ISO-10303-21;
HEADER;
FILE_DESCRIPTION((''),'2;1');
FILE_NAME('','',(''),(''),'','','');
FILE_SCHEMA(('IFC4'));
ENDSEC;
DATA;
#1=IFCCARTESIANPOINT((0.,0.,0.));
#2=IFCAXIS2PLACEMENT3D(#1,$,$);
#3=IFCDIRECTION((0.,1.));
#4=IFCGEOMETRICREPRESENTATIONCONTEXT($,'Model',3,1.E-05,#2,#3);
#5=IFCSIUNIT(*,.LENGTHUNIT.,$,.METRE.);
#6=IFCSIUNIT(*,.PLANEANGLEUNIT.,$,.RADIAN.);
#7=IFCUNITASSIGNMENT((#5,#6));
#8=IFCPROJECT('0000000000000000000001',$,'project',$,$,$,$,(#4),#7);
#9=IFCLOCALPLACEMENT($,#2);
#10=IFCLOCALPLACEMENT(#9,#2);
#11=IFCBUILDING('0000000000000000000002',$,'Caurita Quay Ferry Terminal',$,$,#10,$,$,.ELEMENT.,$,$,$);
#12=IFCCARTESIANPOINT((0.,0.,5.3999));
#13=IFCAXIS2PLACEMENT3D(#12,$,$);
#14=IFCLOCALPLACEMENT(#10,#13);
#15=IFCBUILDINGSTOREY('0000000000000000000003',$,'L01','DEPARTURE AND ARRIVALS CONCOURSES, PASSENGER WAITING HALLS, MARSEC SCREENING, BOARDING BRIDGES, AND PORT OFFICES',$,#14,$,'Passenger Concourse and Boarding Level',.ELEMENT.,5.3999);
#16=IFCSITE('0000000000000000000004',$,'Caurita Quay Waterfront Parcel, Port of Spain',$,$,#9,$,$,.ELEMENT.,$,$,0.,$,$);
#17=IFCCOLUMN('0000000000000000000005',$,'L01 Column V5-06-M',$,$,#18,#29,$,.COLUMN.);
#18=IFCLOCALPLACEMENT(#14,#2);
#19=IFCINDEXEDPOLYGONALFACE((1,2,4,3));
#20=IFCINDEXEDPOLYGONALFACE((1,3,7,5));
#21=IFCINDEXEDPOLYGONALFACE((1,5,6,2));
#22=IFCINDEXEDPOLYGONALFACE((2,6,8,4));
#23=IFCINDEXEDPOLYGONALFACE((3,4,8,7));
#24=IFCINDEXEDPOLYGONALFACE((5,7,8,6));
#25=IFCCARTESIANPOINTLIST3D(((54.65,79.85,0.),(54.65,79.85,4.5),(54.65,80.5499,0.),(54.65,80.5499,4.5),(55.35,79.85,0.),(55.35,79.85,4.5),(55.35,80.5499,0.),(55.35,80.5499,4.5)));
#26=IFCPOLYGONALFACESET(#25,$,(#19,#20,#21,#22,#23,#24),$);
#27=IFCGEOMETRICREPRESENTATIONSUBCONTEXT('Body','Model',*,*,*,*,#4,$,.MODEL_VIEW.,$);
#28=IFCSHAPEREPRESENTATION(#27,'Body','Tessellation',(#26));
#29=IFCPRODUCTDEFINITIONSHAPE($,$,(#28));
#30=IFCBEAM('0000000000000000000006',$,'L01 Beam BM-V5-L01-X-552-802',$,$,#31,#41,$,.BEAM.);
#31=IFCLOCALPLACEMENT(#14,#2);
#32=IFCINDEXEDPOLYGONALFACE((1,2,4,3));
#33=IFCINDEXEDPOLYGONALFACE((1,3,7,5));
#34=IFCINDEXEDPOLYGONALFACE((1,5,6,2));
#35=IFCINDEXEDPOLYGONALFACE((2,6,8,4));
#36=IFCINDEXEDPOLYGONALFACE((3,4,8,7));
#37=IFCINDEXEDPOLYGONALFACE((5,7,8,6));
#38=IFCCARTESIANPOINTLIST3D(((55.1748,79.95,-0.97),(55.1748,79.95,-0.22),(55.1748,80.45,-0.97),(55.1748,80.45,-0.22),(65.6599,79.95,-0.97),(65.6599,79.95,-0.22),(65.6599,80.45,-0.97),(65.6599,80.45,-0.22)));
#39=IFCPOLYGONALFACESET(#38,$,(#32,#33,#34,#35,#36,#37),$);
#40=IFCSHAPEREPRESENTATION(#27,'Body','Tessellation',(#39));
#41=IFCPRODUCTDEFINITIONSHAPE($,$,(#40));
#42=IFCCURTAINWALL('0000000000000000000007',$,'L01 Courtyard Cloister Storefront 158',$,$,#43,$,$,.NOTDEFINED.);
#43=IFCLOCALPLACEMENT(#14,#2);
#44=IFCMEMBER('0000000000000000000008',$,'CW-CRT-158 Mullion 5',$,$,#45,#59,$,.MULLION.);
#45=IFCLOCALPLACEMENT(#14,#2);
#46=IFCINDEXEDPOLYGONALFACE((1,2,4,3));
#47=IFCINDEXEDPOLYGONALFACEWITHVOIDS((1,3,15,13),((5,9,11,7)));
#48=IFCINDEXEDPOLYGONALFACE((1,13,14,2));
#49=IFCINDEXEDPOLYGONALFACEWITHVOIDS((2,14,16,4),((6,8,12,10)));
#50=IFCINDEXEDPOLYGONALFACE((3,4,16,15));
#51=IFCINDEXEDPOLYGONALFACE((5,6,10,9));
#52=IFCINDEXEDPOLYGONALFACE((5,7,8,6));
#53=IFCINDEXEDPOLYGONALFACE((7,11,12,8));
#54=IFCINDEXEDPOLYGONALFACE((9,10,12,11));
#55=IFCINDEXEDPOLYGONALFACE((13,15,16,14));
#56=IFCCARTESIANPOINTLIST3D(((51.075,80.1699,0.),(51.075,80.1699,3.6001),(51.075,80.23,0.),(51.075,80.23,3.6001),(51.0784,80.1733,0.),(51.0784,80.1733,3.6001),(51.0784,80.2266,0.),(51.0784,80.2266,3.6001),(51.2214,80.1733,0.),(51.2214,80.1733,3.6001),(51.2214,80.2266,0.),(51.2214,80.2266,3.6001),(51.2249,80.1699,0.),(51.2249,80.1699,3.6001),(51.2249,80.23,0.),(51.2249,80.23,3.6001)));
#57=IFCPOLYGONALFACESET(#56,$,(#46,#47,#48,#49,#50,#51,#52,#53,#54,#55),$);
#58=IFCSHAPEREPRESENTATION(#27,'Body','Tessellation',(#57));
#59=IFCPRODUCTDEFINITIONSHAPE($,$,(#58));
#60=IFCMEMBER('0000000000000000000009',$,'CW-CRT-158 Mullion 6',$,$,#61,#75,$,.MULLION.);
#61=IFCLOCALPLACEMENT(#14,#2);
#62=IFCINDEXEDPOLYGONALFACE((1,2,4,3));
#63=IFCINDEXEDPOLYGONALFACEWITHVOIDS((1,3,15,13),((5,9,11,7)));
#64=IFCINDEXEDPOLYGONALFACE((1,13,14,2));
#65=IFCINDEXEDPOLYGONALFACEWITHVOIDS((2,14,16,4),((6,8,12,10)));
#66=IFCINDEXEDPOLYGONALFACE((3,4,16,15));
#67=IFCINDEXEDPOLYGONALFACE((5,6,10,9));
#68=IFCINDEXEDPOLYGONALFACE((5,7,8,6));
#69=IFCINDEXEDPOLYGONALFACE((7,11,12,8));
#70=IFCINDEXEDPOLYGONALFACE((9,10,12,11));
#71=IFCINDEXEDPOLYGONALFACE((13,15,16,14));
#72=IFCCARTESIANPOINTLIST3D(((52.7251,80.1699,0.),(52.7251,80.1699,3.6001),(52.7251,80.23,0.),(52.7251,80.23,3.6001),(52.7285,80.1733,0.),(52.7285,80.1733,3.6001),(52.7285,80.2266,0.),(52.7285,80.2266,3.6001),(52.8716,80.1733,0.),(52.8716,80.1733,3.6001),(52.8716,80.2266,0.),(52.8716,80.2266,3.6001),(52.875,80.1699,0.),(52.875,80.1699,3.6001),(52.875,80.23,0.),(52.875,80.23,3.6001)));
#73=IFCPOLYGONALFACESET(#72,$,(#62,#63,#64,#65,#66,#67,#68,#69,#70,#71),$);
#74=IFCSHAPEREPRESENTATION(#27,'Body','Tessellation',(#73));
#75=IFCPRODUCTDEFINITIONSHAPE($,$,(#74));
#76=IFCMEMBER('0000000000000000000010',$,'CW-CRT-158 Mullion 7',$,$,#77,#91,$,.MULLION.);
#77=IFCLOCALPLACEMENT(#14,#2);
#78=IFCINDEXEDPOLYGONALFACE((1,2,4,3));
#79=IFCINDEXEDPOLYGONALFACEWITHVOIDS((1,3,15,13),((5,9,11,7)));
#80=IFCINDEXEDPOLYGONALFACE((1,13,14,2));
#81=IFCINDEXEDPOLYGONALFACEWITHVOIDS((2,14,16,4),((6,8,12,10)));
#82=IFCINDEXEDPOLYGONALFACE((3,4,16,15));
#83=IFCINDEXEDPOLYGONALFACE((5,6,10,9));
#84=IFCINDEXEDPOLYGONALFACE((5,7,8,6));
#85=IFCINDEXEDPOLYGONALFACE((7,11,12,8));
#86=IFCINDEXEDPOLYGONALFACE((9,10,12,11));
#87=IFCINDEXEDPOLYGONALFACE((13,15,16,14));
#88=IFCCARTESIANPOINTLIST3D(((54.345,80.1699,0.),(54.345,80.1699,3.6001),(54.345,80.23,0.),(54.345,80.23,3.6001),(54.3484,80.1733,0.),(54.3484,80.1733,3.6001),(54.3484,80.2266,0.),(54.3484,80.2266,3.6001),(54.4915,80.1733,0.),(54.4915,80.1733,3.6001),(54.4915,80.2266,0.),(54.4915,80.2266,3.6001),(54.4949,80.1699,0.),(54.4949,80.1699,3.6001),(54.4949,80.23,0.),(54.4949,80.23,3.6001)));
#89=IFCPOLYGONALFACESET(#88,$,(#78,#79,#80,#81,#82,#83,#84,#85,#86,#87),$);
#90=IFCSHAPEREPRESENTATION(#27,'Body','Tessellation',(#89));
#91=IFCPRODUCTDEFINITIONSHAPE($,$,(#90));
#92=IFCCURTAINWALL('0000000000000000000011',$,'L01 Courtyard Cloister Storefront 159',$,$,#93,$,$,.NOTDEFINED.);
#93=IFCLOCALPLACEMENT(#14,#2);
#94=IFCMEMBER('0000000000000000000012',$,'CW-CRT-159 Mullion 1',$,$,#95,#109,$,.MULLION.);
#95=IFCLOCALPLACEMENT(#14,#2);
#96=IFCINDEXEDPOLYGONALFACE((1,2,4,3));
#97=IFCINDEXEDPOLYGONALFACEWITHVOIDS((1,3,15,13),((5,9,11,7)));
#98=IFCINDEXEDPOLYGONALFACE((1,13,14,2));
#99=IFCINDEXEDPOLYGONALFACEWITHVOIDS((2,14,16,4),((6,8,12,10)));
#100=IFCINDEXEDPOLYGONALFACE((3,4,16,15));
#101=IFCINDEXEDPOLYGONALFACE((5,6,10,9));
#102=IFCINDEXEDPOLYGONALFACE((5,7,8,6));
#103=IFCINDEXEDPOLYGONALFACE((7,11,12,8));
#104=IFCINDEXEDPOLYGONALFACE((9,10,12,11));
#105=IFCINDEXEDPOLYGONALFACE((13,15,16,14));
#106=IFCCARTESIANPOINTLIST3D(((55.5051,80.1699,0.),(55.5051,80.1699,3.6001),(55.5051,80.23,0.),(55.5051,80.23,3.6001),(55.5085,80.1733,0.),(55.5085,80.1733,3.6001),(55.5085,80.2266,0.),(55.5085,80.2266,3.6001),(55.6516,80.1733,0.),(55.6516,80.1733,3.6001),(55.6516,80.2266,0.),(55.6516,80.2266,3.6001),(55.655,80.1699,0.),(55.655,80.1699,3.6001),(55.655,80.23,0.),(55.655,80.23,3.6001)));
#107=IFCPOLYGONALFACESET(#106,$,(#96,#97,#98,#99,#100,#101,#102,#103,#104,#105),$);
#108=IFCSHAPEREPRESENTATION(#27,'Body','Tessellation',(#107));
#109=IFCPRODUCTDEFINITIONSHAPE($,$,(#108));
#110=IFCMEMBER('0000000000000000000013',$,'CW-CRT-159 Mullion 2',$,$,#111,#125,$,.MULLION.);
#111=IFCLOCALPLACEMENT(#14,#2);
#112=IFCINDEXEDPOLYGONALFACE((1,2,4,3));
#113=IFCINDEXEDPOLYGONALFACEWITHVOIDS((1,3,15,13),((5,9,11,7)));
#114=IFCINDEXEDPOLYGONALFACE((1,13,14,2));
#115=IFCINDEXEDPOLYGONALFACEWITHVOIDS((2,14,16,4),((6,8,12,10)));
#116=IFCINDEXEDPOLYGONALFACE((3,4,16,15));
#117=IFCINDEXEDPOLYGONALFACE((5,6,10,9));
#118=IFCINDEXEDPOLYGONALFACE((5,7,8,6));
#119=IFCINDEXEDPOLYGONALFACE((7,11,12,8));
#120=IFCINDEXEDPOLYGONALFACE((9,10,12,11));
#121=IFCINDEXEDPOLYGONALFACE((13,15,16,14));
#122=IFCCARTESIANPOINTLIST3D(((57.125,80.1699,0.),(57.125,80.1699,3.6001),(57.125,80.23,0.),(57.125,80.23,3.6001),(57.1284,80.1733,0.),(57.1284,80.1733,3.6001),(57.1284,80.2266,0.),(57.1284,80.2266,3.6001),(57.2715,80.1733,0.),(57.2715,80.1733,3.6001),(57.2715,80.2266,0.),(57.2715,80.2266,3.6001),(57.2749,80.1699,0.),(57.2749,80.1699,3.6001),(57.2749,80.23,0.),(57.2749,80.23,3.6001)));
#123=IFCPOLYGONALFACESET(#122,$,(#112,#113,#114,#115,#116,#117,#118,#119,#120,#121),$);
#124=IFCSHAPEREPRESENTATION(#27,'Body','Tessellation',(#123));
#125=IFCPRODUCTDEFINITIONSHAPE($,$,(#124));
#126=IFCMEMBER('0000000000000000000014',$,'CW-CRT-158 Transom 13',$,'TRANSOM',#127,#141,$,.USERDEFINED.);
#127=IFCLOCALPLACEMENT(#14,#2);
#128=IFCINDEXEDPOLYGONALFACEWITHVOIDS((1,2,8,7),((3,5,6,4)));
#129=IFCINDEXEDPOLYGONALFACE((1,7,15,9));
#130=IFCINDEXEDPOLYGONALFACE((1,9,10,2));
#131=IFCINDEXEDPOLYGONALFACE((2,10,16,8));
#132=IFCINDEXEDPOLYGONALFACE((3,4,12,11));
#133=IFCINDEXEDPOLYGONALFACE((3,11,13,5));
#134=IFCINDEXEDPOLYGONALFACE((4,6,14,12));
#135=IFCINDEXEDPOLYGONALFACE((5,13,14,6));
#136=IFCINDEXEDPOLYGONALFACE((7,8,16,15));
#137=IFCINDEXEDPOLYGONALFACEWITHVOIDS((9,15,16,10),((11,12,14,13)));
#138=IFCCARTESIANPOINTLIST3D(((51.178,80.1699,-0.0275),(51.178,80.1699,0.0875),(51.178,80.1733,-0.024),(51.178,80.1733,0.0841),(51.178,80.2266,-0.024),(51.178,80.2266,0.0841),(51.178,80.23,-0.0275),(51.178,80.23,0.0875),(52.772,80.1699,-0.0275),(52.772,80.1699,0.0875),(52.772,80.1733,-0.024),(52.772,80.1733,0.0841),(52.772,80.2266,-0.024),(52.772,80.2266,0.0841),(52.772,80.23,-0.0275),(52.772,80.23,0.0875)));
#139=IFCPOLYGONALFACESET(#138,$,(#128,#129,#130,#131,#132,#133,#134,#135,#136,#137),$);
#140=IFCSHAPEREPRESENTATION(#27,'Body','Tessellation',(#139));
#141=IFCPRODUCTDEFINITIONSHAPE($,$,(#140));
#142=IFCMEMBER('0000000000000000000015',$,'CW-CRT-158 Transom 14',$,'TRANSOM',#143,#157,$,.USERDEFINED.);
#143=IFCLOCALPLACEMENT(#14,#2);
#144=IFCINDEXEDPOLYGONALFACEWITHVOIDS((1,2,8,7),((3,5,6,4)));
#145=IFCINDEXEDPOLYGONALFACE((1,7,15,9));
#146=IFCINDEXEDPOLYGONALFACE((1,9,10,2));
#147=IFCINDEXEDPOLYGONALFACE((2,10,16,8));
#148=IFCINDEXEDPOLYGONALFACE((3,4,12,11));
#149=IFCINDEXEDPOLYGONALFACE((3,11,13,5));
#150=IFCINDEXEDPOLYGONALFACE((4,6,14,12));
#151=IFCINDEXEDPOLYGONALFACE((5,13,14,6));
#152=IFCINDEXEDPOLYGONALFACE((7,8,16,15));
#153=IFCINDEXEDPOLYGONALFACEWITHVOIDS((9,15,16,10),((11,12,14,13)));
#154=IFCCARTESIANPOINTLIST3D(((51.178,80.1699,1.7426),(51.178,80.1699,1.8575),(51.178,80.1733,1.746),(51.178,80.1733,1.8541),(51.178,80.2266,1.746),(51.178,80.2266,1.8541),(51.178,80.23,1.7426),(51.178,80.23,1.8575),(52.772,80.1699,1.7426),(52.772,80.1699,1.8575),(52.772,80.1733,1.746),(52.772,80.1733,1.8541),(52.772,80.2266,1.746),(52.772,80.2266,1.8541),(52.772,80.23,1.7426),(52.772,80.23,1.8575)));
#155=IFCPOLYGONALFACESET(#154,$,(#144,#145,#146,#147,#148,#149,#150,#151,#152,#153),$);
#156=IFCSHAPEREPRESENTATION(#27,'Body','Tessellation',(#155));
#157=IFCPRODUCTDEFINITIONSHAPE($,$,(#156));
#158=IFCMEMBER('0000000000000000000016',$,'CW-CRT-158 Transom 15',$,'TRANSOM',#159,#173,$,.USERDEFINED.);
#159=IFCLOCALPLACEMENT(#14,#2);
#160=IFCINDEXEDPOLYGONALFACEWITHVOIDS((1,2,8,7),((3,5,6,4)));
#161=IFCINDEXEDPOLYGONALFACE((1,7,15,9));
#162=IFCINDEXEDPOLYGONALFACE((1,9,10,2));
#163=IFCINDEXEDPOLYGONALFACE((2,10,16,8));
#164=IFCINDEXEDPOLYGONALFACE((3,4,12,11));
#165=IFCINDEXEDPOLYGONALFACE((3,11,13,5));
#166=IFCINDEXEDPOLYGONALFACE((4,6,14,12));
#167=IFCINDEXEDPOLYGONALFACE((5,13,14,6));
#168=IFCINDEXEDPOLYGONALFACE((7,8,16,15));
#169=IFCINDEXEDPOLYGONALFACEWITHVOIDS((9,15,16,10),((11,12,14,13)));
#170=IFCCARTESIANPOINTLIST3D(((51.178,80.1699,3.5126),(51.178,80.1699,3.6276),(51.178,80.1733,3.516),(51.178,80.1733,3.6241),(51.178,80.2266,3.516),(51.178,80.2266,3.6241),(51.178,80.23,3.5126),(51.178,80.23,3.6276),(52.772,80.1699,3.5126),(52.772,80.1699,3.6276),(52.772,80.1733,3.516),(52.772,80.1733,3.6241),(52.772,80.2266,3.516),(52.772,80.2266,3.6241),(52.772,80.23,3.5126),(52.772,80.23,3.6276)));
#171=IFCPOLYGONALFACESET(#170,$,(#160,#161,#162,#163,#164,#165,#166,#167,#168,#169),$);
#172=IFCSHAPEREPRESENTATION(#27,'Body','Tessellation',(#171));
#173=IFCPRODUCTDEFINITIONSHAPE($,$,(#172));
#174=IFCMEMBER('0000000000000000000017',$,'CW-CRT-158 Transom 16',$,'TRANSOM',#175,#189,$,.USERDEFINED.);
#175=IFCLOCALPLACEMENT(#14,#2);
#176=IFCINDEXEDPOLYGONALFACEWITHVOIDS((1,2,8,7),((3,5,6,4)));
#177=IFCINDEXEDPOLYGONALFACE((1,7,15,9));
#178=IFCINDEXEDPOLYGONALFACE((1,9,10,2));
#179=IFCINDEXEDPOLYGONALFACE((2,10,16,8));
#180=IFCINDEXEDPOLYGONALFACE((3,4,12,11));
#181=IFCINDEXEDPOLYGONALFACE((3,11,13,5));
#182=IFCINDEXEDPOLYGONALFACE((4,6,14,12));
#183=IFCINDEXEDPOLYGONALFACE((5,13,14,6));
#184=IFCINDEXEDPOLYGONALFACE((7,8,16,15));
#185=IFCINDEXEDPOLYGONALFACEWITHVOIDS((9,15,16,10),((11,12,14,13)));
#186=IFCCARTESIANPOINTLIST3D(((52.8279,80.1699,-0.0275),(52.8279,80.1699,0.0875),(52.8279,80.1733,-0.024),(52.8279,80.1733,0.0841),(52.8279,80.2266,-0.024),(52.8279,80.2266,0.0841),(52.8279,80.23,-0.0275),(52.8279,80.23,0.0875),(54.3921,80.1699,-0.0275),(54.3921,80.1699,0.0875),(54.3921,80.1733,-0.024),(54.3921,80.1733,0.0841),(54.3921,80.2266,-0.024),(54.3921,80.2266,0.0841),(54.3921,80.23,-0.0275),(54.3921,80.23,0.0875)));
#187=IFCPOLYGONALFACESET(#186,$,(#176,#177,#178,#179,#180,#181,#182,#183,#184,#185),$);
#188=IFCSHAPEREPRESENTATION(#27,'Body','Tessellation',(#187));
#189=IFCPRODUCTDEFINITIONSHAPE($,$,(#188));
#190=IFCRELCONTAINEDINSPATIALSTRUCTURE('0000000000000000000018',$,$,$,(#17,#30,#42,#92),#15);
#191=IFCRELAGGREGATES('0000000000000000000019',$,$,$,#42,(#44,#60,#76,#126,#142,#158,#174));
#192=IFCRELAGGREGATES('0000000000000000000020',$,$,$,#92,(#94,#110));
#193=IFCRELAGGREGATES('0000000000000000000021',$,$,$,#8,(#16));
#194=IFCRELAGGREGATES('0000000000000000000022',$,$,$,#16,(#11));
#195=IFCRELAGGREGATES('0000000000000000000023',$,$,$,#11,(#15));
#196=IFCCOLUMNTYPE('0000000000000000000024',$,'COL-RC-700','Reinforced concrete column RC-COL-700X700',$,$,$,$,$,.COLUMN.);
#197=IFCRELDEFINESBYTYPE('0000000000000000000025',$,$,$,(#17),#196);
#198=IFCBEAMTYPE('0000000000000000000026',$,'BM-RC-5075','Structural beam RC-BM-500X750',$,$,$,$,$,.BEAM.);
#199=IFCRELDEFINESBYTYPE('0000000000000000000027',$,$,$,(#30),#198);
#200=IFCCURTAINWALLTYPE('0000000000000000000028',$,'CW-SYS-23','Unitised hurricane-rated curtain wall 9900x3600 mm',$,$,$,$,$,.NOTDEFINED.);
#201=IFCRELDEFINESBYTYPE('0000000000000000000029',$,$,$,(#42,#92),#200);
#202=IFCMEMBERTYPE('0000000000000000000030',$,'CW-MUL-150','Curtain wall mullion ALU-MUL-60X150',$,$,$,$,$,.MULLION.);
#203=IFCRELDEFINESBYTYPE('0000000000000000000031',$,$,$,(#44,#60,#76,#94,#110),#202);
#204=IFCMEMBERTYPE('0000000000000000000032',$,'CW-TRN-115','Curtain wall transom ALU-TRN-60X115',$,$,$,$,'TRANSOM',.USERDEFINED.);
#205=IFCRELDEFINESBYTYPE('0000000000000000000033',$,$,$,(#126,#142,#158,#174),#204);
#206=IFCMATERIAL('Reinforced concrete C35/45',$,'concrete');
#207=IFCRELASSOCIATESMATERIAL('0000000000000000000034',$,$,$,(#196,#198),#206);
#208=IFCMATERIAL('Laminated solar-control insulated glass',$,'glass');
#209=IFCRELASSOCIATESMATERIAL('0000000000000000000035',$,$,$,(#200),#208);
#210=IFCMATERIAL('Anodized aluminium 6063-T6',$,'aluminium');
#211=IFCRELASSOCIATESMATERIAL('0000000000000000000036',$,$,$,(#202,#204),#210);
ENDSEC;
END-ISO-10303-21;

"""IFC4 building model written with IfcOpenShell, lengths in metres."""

from ifc_helpers import new_model, si_unit, direction, frame, origin, origin_2d, place, context, subcontext, project, spatial, rectangle, hollow_rectangle, extrude, material, material_profile, profile_set, type_object, element, aggregate, save


model = new_model("IFC4")

# Units and contexts
model_context = context("Model", 3, precision=1e-05, world=origin(), true_north=direction((0.0, 1.0)))
body_context = subcontext(model_context, "Body", "Model", "MODEL_VIEW")
ifc_project = project(units=[si_unit("LENGTHUNIT", "METRE"), si_unit("PLANEANGLEUNIT", "RADIAN")], contexts=[model_context])

# Site, building, storey
site_placement = place(None, origin())
site = spatial("IfcSite", under=ifc_project, at=site_placement, Name="Caurita Quay Waterfront Parcel, Port of Spain", CompositionType="ELEMENT", RefElevation=0.0)
building_placement = place(site_placement, origin())
building = spatial("IfcBuilding", under=site, at=building_placement, Name="Caurita Quay Ferry Terminal", CompositionType="ELEMENT")
storey_placement = place(building_placement, frame((0.0, 0.0, 5.3999)))
storey = spatial("IfcBuildingStorey", under=building, at=storey_placement, Name="L01", Description="DEPARTURE AND ARRIVALS CONCOURSES, PASSENGER WAITING HALLS, MARSEC SCREENING, BOARDING BRIDGES, AND PORT OFFICES", LongName="Passenger Concourse and Boarding Level", CompositionType="ELEMENT", Elevation=5.3999)

# Column
ifc_material_1 = material(Name="Reinforced concrete C35/45", Category="concrete")
ifc_material_profile_1 = material_profile(ifc_material_1, rectangle(XDim=0.7, YDim=0.7, at=origin_2d()), Name="RC-COL-700X700")
ifc_profile_set_1 = profile_set([ifc_material_profile_1], Name="Reinforced concrete C35/45")
column_type = type_object("IfcColumnType", Name="COL-RC-700", Description="Reinforced concrete column RC-COL-700X700", PredefinedType="COLUMN", material=ifc_profile_set_1)
column_placement = place(storey_placement, frame((55.0, 80.2, 0.0), z_axis=(0.0, 0.0, 1.0), x_axis=(1.0, 0.0, 0.0)))
element("IfcColumn", 1, at=column_placement, inside=storey, type_object=column_type, Name="L01 Column V5-06-M", PredefinedType="COLUMN", context=body_context, shape_type="SweptSolid", body=[
    extrude(rectangle(XDim=0.7, YDim=0.7, at=origin_2d()), origin(), (0.0, 0.0, 1.0), 4.5),
])

# Beam
ifc_material_profile_2 = material_profile(ifc_material_1, rectangle(XDim=0.5, YDim=0.75, at=origin_2d()), Name="RC-BM-500X750")
ifc_profile_set_2 = profile_set([ifc_material_profile_2], Name="Reinforced concrete C35/45")
beam_type = type_object("IfcBeamType", Name="BM-RC-5075", Description="Structural beam RC-BM-500X750", PredefinedType="BEAM", material=ifc_profile_set_2)
beam_placement = place(storey_placement, frame((55.1748, 80.2, -0.595), z_axis=(1.0, 0.0, 0.0), x_axis=(0.0, 1.0, 0.0)))
element("IfcBeam", 2, at=beam_placement, inside=storey, type_object=beam_type, Name="L01 Beam BM-V5-L01-X-552-802", PredefinedType="BEAM", context=body_context, shape_type="SweptSolid", body=[
    extrude(rectangle(XDim=0.5, YDim=0.75, at=origin_2d()), origin(), (0.0, 0.0, 1.0), 10.4851),
])

# Curtain walls, members
ifc_material_2 = material(Name="Laminated solar-control insulated glass", Category="glass")
curtain_wall_type = type_object("IfcCurtainWallType", Name="CW-SYS-23", Description="Unitised hurricane-rated curtain wall 9900x3600 mm", PredefinedType="NOTDEFINED", material=ifc_material_2)
curtain_wall_1_placement = place(storey_placement, origin())
curtain_wall_1 = element("IfcCurtainWall", 3, at=curtain_wall_1_placement, inside=storey, type_object=curtain_wall_type, Name="L01 Courtyard Cloister Storefront 158", PredefinedType="NOTDEFINED")
ifc_material_3 = material(Name="Anodized aluminium 6063-T6", Category="aluminium")
ifc_material_profile_3 = material_profile(ifc_material_3, hollow_rectangle(XDim=0.0601, YDim=0.1499, WallThickness=0.0034, at=origin_2d()), Name="ALU-MUL-60X150")
ifc_profile_set_3 = profile_set([ifc_material_profile_3], Name="Anodized aluminium 6063-T6")
member_type_1 = type_object("IfcMemberType", Name="CW-MUL-150", Description="Curtain wall mullion ALU-MUL-60X150", PredefinedType="MULLION", material=ifc_profile_set_3)
member_1_placement = place(storey_placement, frame((51.1499, 80.2, 0.0), z_axis=(0.0, 0.0, 1.0), x_axis=(0.0, 1.0, 0.0)))
member_1 = element("IfcMember", 4, at=member_1_placement, type_object=member_type_1, Name="CW-CRT-158 Mullion 5", PredefinedType="MULLION", context=body_context, shape_type="SweptSolid", body=[
    extrude(hollow_rectangle(XDim=0.0601, YDim=0.1499, WallThickness=0.0034, at=origin_2d()), origin(), (0.0, 0.0, 1.0), 3.6001),
])
member_2_placement = place(storey_placement, frame((52.8, 80.2, 0.0), z_axis=(0.0, 0.0, 1.0), x_axis=(0.0, 1.0, 0.0)))
member_2 = element("IfcMember", 5, at=member_2_placement, type_object=member_type_1, Name="CW-CRT-158 Mullion 6", PredefinedType="MULLION", context=body_context, shape_type="SweptSolid", body=[
    extrude(hollow_rectangle(XDim=0.0601, YDim=0.1499, WallThickness=0.0034, at=origin_2d()), origin(), (0.0, 0.0, 1.0), 3.6001),
])
member_3_placement = place(storey_placement, frame((54.4199, 80.2, 0.0), z_axis=(0.0, 0.0, 1.0), x_axis=(0.0, 1.0, 0.0)))
member_3 = element("IfcMember", 6, at=member_3_placement, type_object=member_type_1, Name="CW-CRT-158 Mullion 7", PredefinedType="MULLION", context=body_context, shape_type="SweptSolid", body=[
    extrude(hollow_rectangle(XDim=0.0601, YDim=0.1499, WallThickness=0.0034, at=origin_2d()), origin(), (0.0, 0.0, 1.0), 3.6001),
])
curtain_wall_2_placement = place(storey_placement, origin())
curtain_wall_2 = element("IfcCurtainWall", 7, at=curtain_wall_2_placement, inside=storey, type_object=curtain_wall_type, Name="L01 Courtyard Cloister Storefront 159", PredefinedType="NOTDEFINED")
member_4_placement = place(storey_placement, frame((55.5801, 80.2, 0.0), z_axis=(0.0, 0.0, 1.0), x_axis=(0.0, 1.0, 0.0)))
member_4 = element("IfcMember", 8, at=member_4_placement, type_object=member_type_1, Name="CW-CRT-159 Mullion 1", PredefinedType="MULLION", context=body_context, shape_type="SweptSolid", body=[
    extrude(hollow_rectangle(XDim=0.0601, YDim=0.1499, WallThickness=0.0034, at=origin_2d()), origin(), (0.0, 0.0, 1.0), 3.6001),
])
member_5_placement = place(storey_placement, frame((57.2, 80.2, 0.0), z_axis=(0.0, 0.0, 1.0), x_axis=(0.0, 1.0, 0.0)))
member_5 = element("IfcMember", 9, at=member_5_placement, type_object=member_type_1, Name="CW-CRT-159 Mullion 2", PredefinedType="MULLION", context=body_context, shape_type="SweptSolid", body=[
    extrude(hollow_rectangle(XDim=0.0601, YDim=0.1499, WallThickness=0.0034, at=origin_2d()), origin(), (0.0, 0.0, 1.0), 3.6001),
])

# Members
ifc_material_profile_4 = material_profile(ifc_material_3, hollow_rectangle(XDim=0.0601, YDim=0.115, WallThickness=0.0034, at=origin_2d()), Name="ALU-TRN-60X115")
ifc_profile_set_4 = profile_set([ifc_material_profile_4], Name="Anodized aluminium 6063-T6")
member_type_2 = type_object("IfcMemberType", Name="CW-TRN-115", Description="Curtain wall transom ALU-TRN-60X115", ElementType="TRANSOM", PredefinedType="USERDEFINED", material=ifc_profile_set_4)
member_6_placement = place(storey_placement, frame((51.178, 80.2, 0.03), z_axis=(1.0, 0.0, 0.0), x_axis=(0.0, 1.0, 0.0)))
member_6 = element("IfcMember", 10, at=member_6_placement, type_object=member_type_2, Name="CW-CRT-158 Transom 13", ObjectType="TRANSOM", PredefinedType="USERDEFINED", context=body_context, shape_type="SweptSolid", body=[
    extrude(hollow_rectangle(XDim=0.0601, YDim=0.115, WallThickness=0.0034, at=origin_2d()), origin(), (0.0, 0.0, 1.0), 1.594),
])
member_7_placement = place(storey_placement, frame((51.178, 80.2, 1.8), z_axis=(1.0, 0.0, 0.0), x_axis=(0.0, 1.0, 0.0)))
member_7 = element("IfcMember", 11, at=member_7_placement, type_object=member_type_2, Name="CW-CRT-158 Transom 14", ObjectType="TRANSOM", PredefinedType="USERDEFINED", context=body_context, shape_type="SweptSolid", body=[
    extrude(hollow_rectangle(XDim=0.0601, YDim=0.115, WallThickness=0.0034, at=origin_2d()), origin(), (0.0, 0.0, 1.0), 1.594),
])
member_8_placement = place(storey_placement, frame((51.178, 80.2, 3.5701), z_axis=(1.0, 0.0, 0.0), x_axis=(0.0, 1.0, 0.0)))
member_8 = element("IfcMember", 12, at=member_8_placement, type_object=member_type_2, Name="CW-CRT-158 Transom 15", ObjectType="TRANSOM", PredefinedType="USERDEFINED", context=body_context, shape_type="SweptSolid", body=[
    extrude(hollow_rectangle(XDim=0.0601, YDim=0.115, WallThickness=0.0034, at=origin_2d()), origin(), (0.0, 0.0, 1.0), 1.594),
])
member_9_placement = place(storey_placement, frame((52.8279, 80.2, 0.03), z_axis=(1.0, 0.0, 0.0), x_axis=(0.0, 1.0, 0.0)))
member_9 = element("IfcMember", 13, at=member_9_placement, type_object=member_type_2, Name="CW-CRT-158 Transom 16", ObjectType="TRANSOM", PredefinedType="USERDEFINED", context=body_context, shape_type="SweptSolid", body=[
    extrude(hollow_rectangle(XDim=0.0601, YDim=0.115, WallThickness=0.0034, at=origin_2d()), origin(), (0.0, 0.0, 1.0), 1.5642),
])

aggregate(curtain_wall_1, [member_1, member_2, member_3, member_6, member_7, member_8, member_9])
aggregate(curtain_wall_2, [member_4, member_5])

save(model, "model.ifc")
